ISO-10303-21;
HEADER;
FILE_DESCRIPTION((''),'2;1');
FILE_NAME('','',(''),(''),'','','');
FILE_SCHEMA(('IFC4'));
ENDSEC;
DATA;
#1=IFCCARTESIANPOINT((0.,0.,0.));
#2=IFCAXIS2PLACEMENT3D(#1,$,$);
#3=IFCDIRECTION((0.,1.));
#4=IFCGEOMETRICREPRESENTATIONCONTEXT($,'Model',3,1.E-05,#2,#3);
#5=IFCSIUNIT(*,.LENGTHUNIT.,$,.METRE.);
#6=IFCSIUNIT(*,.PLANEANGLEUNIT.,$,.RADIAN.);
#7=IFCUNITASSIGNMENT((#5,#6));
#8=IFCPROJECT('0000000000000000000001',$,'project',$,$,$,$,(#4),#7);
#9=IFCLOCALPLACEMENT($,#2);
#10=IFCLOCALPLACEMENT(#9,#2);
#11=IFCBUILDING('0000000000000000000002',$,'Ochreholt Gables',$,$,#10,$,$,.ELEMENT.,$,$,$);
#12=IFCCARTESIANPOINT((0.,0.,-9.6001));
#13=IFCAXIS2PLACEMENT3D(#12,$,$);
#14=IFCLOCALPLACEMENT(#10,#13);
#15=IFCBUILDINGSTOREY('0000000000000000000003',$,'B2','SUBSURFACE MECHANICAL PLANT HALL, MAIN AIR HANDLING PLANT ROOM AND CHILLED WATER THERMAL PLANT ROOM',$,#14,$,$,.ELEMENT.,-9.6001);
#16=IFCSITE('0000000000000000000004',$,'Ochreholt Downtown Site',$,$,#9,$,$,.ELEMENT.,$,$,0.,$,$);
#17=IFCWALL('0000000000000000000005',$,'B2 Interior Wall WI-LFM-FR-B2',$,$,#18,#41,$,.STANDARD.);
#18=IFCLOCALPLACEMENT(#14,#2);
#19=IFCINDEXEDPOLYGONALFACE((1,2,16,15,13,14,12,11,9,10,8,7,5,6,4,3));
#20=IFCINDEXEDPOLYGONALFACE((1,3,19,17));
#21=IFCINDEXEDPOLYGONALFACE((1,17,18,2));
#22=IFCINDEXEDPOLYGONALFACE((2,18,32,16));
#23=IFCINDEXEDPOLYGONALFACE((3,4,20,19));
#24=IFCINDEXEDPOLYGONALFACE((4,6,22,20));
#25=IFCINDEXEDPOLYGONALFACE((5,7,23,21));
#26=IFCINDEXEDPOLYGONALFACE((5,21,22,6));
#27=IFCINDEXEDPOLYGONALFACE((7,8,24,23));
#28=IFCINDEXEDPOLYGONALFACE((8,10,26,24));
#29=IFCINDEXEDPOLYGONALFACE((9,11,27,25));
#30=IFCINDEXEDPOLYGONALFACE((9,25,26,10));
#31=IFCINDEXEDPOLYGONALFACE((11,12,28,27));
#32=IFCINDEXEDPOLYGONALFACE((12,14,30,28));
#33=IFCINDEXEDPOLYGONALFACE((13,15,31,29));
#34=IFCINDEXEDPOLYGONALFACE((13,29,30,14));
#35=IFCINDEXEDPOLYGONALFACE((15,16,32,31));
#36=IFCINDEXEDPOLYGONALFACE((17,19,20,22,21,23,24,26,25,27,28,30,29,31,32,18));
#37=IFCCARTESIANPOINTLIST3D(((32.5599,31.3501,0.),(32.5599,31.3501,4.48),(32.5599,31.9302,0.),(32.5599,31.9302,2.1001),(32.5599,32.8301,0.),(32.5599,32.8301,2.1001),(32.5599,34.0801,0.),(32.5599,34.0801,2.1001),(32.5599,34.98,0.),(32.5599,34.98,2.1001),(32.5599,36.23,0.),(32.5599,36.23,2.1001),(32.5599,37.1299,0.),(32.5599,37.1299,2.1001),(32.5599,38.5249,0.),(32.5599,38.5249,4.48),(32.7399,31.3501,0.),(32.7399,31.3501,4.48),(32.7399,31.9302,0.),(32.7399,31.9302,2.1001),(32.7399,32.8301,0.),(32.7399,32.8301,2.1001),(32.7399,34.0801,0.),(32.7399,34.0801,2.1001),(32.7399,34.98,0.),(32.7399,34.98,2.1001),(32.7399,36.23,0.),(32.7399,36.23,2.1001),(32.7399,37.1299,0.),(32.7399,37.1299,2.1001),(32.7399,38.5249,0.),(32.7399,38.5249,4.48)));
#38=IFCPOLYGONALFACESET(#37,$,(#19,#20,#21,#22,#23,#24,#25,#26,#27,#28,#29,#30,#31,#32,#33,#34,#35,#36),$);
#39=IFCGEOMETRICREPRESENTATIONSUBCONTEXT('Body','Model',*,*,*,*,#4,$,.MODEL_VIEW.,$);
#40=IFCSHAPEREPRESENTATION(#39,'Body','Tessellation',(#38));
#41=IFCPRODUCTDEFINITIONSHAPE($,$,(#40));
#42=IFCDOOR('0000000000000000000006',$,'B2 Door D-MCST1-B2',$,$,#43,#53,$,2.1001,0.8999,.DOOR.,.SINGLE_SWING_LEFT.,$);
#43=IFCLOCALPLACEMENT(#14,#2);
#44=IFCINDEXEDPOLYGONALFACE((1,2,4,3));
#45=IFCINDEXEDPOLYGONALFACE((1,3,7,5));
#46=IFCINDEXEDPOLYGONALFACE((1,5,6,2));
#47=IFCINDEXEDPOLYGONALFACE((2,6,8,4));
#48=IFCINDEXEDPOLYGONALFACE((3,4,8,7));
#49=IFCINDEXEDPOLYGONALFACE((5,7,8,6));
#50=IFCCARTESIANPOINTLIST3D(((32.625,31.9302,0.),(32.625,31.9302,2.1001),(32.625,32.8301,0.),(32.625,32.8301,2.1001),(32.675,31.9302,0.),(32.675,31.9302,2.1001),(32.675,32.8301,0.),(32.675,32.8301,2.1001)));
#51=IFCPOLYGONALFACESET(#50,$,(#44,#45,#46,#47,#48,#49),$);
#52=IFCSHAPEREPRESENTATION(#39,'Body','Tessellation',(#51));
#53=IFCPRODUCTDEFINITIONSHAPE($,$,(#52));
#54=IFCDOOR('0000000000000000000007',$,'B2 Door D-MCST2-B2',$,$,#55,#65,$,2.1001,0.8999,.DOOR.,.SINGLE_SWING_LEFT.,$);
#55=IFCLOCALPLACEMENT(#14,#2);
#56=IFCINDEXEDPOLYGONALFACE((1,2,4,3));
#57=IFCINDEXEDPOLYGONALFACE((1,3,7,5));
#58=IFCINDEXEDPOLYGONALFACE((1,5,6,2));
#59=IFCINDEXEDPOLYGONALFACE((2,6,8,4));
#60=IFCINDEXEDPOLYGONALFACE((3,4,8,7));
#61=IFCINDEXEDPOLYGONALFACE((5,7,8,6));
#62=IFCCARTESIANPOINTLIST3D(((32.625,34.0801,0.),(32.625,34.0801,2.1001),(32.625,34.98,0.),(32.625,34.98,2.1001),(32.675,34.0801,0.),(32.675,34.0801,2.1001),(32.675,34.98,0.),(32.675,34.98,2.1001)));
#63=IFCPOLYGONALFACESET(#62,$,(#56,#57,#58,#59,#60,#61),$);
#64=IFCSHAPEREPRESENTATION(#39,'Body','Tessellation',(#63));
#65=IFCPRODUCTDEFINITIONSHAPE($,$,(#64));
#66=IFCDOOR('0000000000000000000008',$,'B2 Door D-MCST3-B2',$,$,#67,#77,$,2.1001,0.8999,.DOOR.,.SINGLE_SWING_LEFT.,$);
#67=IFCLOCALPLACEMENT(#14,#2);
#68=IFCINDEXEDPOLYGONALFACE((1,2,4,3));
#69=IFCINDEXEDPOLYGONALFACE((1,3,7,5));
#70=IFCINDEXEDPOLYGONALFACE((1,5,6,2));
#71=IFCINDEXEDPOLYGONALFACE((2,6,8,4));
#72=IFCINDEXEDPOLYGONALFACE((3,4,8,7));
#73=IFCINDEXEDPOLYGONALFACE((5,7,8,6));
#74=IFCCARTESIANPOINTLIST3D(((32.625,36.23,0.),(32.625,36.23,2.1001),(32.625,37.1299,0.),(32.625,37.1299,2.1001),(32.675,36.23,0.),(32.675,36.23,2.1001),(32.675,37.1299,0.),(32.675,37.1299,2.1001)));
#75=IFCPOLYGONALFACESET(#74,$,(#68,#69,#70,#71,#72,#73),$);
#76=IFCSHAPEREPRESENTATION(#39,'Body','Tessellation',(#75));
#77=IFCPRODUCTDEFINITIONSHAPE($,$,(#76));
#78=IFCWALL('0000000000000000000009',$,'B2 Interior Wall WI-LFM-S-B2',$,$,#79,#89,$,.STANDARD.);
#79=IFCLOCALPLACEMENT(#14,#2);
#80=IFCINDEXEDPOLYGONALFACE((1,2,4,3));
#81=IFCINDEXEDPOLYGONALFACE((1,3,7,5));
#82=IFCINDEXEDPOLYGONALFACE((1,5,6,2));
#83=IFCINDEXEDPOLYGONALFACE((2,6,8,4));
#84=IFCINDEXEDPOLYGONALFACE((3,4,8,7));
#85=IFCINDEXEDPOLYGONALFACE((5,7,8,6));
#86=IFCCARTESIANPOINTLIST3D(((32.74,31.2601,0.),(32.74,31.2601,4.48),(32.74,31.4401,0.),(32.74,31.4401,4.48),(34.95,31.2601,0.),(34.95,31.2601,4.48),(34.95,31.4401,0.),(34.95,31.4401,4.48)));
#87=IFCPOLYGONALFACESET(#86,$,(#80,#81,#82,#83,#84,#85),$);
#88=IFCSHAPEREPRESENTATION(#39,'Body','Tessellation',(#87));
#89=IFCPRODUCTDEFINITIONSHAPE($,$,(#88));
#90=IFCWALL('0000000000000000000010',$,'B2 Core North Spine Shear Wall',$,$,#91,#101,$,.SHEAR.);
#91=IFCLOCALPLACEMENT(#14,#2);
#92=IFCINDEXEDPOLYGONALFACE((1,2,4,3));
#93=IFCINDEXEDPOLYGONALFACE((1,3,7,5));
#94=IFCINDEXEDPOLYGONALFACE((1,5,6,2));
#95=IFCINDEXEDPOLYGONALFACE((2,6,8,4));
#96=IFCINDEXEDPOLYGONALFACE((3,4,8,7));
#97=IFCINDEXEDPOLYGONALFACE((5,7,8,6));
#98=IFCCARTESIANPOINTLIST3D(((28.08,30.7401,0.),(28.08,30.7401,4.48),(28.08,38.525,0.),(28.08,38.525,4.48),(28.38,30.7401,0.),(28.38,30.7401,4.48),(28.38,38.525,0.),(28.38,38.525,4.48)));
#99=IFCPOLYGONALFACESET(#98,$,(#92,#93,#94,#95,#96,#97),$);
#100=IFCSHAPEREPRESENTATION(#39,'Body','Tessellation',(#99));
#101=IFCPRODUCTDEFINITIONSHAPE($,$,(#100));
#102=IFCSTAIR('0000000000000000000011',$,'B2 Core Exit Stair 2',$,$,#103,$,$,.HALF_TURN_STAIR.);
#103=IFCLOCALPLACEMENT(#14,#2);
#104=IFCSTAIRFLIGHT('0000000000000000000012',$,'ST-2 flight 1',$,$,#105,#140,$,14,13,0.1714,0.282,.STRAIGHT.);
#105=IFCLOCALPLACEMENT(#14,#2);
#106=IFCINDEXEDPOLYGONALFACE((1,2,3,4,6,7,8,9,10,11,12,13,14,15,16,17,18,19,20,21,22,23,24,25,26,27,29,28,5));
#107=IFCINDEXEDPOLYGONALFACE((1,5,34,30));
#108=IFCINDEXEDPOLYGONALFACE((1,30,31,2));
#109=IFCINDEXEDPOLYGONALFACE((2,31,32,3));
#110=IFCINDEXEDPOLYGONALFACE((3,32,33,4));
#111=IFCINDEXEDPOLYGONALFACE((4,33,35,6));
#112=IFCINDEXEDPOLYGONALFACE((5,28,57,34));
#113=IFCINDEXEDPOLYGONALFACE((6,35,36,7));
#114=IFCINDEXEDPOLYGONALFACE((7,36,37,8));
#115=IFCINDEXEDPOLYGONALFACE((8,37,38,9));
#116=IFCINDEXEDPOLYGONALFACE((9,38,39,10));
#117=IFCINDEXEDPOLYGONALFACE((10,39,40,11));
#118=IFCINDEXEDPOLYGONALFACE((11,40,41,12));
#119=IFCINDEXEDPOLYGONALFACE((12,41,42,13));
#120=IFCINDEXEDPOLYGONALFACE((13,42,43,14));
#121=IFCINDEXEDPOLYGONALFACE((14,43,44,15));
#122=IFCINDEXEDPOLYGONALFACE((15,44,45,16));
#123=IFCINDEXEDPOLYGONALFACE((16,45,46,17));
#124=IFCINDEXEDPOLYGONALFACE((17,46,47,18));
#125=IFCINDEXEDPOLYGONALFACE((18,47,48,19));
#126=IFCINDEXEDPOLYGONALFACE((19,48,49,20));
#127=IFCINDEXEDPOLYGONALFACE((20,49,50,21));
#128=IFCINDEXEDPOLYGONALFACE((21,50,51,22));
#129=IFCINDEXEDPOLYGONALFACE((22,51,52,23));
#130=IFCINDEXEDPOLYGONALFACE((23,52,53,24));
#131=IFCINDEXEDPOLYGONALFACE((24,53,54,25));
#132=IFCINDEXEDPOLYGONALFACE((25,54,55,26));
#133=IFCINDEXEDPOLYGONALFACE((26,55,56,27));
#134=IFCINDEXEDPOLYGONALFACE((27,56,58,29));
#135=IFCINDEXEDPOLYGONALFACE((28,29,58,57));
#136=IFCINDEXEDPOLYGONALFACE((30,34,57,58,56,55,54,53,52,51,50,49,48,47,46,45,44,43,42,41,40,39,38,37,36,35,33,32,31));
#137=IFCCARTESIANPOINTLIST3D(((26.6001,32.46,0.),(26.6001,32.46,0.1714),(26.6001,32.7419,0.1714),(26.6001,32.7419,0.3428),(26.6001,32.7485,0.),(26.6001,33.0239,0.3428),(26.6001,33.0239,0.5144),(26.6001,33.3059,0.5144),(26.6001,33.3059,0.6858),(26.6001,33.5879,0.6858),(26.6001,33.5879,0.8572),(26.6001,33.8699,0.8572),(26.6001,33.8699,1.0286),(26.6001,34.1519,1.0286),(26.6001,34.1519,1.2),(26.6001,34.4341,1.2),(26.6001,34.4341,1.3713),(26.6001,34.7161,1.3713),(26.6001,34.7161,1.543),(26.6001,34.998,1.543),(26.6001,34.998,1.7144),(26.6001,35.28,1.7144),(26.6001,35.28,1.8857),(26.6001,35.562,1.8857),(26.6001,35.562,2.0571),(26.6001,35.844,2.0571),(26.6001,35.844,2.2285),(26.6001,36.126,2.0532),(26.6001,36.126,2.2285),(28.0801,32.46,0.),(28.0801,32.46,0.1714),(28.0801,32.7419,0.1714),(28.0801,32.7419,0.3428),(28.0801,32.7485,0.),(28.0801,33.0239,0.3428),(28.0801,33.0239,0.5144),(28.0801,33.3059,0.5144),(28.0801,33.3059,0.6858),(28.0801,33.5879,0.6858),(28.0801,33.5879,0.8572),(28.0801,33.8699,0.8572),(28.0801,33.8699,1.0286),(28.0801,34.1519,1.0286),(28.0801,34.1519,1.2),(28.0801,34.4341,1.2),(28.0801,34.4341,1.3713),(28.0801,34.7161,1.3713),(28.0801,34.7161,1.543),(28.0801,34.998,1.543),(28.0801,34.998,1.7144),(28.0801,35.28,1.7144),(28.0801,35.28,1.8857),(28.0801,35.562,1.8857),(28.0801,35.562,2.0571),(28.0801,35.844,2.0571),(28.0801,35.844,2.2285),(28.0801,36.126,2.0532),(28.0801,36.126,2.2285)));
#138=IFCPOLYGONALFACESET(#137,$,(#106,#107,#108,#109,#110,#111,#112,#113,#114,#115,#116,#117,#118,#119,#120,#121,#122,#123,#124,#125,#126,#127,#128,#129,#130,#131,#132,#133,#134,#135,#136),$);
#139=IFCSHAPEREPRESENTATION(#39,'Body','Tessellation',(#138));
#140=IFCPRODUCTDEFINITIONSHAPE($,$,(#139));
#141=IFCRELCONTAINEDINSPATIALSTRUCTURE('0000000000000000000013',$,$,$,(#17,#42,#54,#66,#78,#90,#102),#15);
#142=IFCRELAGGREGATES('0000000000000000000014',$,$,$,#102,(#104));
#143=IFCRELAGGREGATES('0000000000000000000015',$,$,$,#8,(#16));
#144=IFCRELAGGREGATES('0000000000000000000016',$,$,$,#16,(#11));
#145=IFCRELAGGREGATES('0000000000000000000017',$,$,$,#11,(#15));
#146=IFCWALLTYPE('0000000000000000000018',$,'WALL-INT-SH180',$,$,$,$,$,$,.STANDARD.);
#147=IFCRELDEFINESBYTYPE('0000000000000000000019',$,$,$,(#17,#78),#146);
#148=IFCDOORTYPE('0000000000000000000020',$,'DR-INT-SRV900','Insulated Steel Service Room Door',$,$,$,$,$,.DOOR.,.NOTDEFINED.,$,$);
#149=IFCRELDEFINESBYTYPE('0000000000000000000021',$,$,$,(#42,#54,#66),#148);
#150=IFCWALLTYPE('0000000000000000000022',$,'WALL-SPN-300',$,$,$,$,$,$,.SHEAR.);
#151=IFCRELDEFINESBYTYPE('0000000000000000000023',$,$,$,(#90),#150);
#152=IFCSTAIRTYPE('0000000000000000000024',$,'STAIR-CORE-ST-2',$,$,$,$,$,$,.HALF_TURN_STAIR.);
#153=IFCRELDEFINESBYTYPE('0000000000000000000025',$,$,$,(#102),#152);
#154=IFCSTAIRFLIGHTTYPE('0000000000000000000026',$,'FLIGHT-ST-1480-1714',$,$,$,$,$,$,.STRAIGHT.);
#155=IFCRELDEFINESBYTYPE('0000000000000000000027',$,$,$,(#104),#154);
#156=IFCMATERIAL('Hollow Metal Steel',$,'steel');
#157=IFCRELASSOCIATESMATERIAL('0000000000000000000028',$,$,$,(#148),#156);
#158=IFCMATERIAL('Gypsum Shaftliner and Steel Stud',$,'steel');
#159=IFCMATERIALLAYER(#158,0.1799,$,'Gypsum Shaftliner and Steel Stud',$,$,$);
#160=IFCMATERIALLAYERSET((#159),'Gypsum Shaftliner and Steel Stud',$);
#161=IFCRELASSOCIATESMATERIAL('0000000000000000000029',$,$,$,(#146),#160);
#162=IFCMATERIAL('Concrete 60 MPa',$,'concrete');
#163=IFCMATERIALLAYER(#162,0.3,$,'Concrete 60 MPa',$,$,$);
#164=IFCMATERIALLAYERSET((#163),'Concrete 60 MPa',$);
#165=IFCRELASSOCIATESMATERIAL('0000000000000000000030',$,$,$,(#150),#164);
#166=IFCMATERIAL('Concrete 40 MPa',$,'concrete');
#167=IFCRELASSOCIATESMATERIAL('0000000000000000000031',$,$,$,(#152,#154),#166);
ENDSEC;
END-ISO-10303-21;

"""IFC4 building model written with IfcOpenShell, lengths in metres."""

from ifc_helpers import new_model, si_unit, direction, frame, frame_2d, origin, place, context, subcontext, project, spatial, polyline, rectangle, outline, extrude, material, layer, layer_set, type_object, element, fill, aggregate, save


model = new_model("IFC4")

# Units and contexts
model_context = context("Model", 3, precision=1e-05, world=origin(), true_north=direction((0.0, 1.0)))
body_context = subcontext(model_context, "Body", "Model", "MODEL_VIEW")
ifc_project = project(units=[si_unit("LENGTHUNIT", "METRE"), si_unit("PLANEANGLEUNIT", "RADIAN")], contexts=[model_context])

# Site, building, storey
site_placement = place(None, origin())
site = spatial("IfcSite", under=ifc_project, at=site_placement, Name="Ochreholt Downtown Site", CompositionType="ELEMENT", RefElevation=0.0)
building_placement = place(site_placement, origin())
building = spatial("IfcBuilding", under=site, at=building_placement, Name="Ochreholt Gables", CompositionType="ELEMENT")
storey_placement = place(building_placement, frame((0.0, 0.0, -9.6001)))
storey = spatial("IfcBuildingStorey", under=building, at=storey_placement, Name="B2", Description="SUBSURFACE MECHANICAL PLANT HALL, MAIN AIR HANDLING PLANT ROOM AND CHILLED WATER THERMAL PLANT ROOM", CompositionType="ELEMENT", Elevation=-9.6001)

# Shared definitions
ifc_material_1 = material(Name="Concrete 60 MPa", Category="concrete")

# Shared definitions
ifc_material_2 = material(Name="Concrete 40 MPa", Category="concrete")
ifc_material_3 = material(Name="Hollow Metal Steel", Category="steel")
door_type = type_object("IfcDoorType", Name="DR-INT-SRV900", Description="Insulated Steel Service Room Door", OperationType="NOTDEFINED", PredefinedType="DOOR", material=ifc_material_3)

# Shared definitions
ifc_material_4 = material(Name="Gypsum Shaftliner and Steel Stud", Category="steel")
ifc_layer_1 = layer(ifc_material_4, 0.1799, Name="Gypsum Shaftliner and Steel Stud")
ifc_layer_set_1 = layer_set([ifc_layer_1], Name="Gypsum Shaftliner and Steel Stud")
wall_type_1 = type_object("IfcWallType", Name="WALL-INT-SH180", PredefinedType="STANDARD", material=ifc_layer_set_1)

# Wall, openings, doors
wall_1_placement = place(storey_placement, frame((32.6499, 31.3501, 0.0), z_axis=(0.0, 0.0, 1.0), x_axis=(0.0, 1.0, 0.0)))
wall_1 = element("IfcWall", 1, at=wall_1_placement, inside=storey, type_object=wall_type_1, Name="B2 Interior Wall WI-LFM-FR-B2", PredefinedType="STANDARD", context=body_context, shape_type="SweptSolid", body=[
    extrude(rectangle(XDim=7.1748, YDim=0.1799, at=frame_2d((3.5874, 0.0))), origin(), (0.0, 0.0, 1.0), 4.48),
])
opening_1_placement = place(wall_1_placement, frame((0.5801, 0.0, 0.0)))
opening_1 = element("IfcOpeningElement", 2, at=opening_1_placement, cuts=wall_1, PredefinedType="OPENING", context=body_context, shape_type="SweptSolid", body=[
    extrude(rectangle(XDim=0.8999, YDim=2.1001, at=frame_2d((0.45, 1.05))), frame((0.0, 0.0999, 0.0), z_axis=(0.0, -1.0, 0.0), x_axis=(1.0, 0.0, 0.0)), (0.0, 0.0, 1.0), 0.2),
])
opening_2_placement = place(wall_1_placement, frame((2.73, 0.0, 0.0)))
opening_2 = element("IfcOpeningElement", 3, at=opening_2_placement, cuts=wall_1, PredefinedType="OPENING", context=body_context, shape_type="SweptSolid", body=[
    extrude(rectangle(XDim=0.8999, YDim=2.1001, at=frame_2d((0.45, 1.05))), frame((0.0, 0.0999, 0.0), z_axis=(0.0, -1.0, 0.0), x_axis=(1.0, 0.0, 0.0)), (0.0, 0.0, 1.0), 0.2),
])
opening_3_placement = place(wall_1_placement, frame((4.8799, 0.0, 0.0)))
opening_3 = element("IfcOpeningElement", 4, at=opening_3_placement, cuts=wall_1, PredefinedType="OPENING", context=body_context, shape_type="SweptSolid", body=[
    extrude(rectangle(XDim=0.8999, YDim=2.1001, at=frame_2d((0.45, 1.05))), frame((0.0, 0.0999, 0.0), z_axis=(0.0, -1.0, 0.0), x_axis=(1.0, 0.0, 0.0)), (0.0, 0.0, 1.0), 0.2),
])
door_1_placement = place(opening_1_placement, origin())
door_1 = element("IfcDoor", 5, at=door_1_placement, inside=storey, type_object=door_type, Name="B2 Door D-MCST1-B2", OperationType="SINGLE_SWING_LEFT", OverallHeight=2.1001, OverallWidth=0.8999, PredefinedType="DOOR", context=body_context, shape_type="SweptSolid", body=[
    extrude(rectangle(XDim=0.8999, YDim=2.1001, at=frame_2d((0.45, 1.05))), frame((0.0, 0.0249, 0.0), z_axis=(0.0, -1.0, 0.0), x_axis=(1.0, 0.0, 0.0)), (0.0, 0.0, 1.0), 0.05),
])
fill(opening_1, door_1)
door_2_placement = place(opening_2_placement, origin())
door_2 = element("IfcDoor", 6, at=door_2_placement, inside=storey, type_object=door_type, Name="B2 Door D-MCST2-B2", OperationType="SINGLE_SWING_LEFT", OverallHeight=2.1001, OverallWidth=0.8999, PredefinedType="DOOR", context=body_context, shape_type="SweptSolid", body=[
    extrude(rectangle(XDim=0.8999, YDim=2.1001, at=frame_2d((0.45, 1.05))), frame((0.0, 0.0249, 0.0), z_axis=(0.0, -1.0, 0.0), x_axis=(1.0, 0.0, 0.0)), (0.0, 0.0, 1.0), 0.05),
])
fill(opening_2, door_2)
door_3_placement = place(opening_3_placement, origin())
door_3 = element("IfcDoor", 7, at=door_3_placement, inside=storey, type_object=door_type, Name="B2 Door D-MCST3-B2", OperationType="SINGLE_SWING_LEFT", OverallHeight=2.1001, OverallWidth=0.8999, PredefinedType="DOOR", context=body_context, shape_type="SweptSolid", body=[
    extrude(rectangle(XDim=0.8999, YDim=2.1001, at=frame_2d((0.45, 1.05))), frame((0.0, 0.0249, 0.0), z_axis=(0.0, -1.0, 0.0), x_axis=(1.0, 0.0, 0.0)), (0.0, 0.0, 1.0), 0.05),
])
fill(opening_3, door_3)

# Walls
wall_2_placement = place(storey_placement, frame((32.74, 31.3501, 0.0), z_axis=(0.0, 0.0, 1.0), x_axis=(1.0, 0.0, 0.0)))
element("IfcWall", 8, at=wall_2_placement, inside=storey, type_object=wall_type_1, Name="B2 Interior Wall WI-LFM-S-B2", PredefinedType="STANDARD", context=body_context, shape_type="SweptSolid", body=[
    extrude(rectangle(XDim=2.21, YDim=0.1799, at=frame_2d((1.105, 0.0))), origin(), (0.0, 0.0, 1.0), 4.48),
])
ifc_layer_2 = layer(ifc_material_1, 0.3, Name="Concrete 60 MPa")
ifc_layer_set_2 = layer_set([ifc_layer_2], Name="Concrete 60 MPa")
wall_type_2 = type_object("IfcWallType", Name="WALL-SPN-300", PredefinedType="SHEAR", material=ifc_layer_set_2)
wall_3_placement = place(storey_placement, frame((28.23, 30.74, 0.0), z_axis=(0.0, 0.0, 1.0), x_axis=(0.0, 1.0, 0.0)))
element("IfcWall", 9, at=wall_3_placement, inside=storey, type_object=wall_type_2, Name="B2 Core North Spine Shear Wall", PredefinedType="SHEAR", context=body_context, shape_type="SweptSolid", body=[
    extrude(rectangle(XDim=7.7849, YDim=0.3, at=frame_2d((3.8926, 0.0))), origin(), (0.0, 0.0, 1.0), 4.48),
])

# Stair, stair flight
stair_type = type_object("IfcStairType", Name="STAIR-CORE-ST-2", PredefinedType="HALF_TURN_STAIR", material=ifc_material_2)
stair_placement = place(storey_placement, origin())
stair = element("IfcStair", 10, at=stair_placement, inside=storey, type_object=stair_type, Name="B2 Core Exit Stair 2", PredefinedType="HALF_TURN_STAIR")
stair_flight_type = type_object("IfcStairFlightType", Name="FLIGHT-ST-1480-1714", PredefinedType="STRAIGHT", material=ifc_material_2)
stair_flight_placement = place(storey_placement, frame((27.3401, 32.46, 0.0), z_axis=(0.0, 0.0, 1.0), x_axis=(0.0, 1.0, 0.0)))
stair_flight = element("IfcStairFlight", 11, at=stair_flight_placement, type_object=stair_flight_type, Name="ST-2 flight 1", NumberOfRisers=14, NumberOfTreads=13, PredefinedType="STRAIGHT", RiserHeight=0.1714, TreadLength=0.282, context=body_context, shape_type="SweptSolid", body=[
    extrude(outline(polyline([(0.0, 0.0), (0.0, 0.1714), (0.282, 0.1714), (0.282, 0.3428), (0.564, 0.3428), (0.564, 0.5144), (0.8459, 0.5144), (0.8459, 0.6858), (1.1279, 0.6858), (1.1279, 0.8572), (1.4099, 0.8572), (1.4099, 1.0286), (1.6919, 1.0286), (1.6919, 1.2), (1.9741, 1.2), (1.9741, 1.3713), (2.2561, 1.3713), (2.2561, 1.543), (2.5381, 1.543), (2.5381, 1.7144), (2.8201, 1.7144), (2.8201, 1.8857), (3.1021, 1.8857), (3.1021, 2.0571), (3.384, 2.0571), (3.384, 2.2285), (3.666, 2.2285), (3.666, 2.3999), (3.666, 2.0532), (0.2886, 0.0), (0.0, 0.0)])), frame((0.0, 0.74, 0.0), z_axis=(0.0, -1.0, 0.0), x_axis=(1.0, 0.0, 0.0)), (0.0, 0.0, 1.0), 1.48),
])
aggregate(stair, [stair_flight])

save(model, "model.ifc")
